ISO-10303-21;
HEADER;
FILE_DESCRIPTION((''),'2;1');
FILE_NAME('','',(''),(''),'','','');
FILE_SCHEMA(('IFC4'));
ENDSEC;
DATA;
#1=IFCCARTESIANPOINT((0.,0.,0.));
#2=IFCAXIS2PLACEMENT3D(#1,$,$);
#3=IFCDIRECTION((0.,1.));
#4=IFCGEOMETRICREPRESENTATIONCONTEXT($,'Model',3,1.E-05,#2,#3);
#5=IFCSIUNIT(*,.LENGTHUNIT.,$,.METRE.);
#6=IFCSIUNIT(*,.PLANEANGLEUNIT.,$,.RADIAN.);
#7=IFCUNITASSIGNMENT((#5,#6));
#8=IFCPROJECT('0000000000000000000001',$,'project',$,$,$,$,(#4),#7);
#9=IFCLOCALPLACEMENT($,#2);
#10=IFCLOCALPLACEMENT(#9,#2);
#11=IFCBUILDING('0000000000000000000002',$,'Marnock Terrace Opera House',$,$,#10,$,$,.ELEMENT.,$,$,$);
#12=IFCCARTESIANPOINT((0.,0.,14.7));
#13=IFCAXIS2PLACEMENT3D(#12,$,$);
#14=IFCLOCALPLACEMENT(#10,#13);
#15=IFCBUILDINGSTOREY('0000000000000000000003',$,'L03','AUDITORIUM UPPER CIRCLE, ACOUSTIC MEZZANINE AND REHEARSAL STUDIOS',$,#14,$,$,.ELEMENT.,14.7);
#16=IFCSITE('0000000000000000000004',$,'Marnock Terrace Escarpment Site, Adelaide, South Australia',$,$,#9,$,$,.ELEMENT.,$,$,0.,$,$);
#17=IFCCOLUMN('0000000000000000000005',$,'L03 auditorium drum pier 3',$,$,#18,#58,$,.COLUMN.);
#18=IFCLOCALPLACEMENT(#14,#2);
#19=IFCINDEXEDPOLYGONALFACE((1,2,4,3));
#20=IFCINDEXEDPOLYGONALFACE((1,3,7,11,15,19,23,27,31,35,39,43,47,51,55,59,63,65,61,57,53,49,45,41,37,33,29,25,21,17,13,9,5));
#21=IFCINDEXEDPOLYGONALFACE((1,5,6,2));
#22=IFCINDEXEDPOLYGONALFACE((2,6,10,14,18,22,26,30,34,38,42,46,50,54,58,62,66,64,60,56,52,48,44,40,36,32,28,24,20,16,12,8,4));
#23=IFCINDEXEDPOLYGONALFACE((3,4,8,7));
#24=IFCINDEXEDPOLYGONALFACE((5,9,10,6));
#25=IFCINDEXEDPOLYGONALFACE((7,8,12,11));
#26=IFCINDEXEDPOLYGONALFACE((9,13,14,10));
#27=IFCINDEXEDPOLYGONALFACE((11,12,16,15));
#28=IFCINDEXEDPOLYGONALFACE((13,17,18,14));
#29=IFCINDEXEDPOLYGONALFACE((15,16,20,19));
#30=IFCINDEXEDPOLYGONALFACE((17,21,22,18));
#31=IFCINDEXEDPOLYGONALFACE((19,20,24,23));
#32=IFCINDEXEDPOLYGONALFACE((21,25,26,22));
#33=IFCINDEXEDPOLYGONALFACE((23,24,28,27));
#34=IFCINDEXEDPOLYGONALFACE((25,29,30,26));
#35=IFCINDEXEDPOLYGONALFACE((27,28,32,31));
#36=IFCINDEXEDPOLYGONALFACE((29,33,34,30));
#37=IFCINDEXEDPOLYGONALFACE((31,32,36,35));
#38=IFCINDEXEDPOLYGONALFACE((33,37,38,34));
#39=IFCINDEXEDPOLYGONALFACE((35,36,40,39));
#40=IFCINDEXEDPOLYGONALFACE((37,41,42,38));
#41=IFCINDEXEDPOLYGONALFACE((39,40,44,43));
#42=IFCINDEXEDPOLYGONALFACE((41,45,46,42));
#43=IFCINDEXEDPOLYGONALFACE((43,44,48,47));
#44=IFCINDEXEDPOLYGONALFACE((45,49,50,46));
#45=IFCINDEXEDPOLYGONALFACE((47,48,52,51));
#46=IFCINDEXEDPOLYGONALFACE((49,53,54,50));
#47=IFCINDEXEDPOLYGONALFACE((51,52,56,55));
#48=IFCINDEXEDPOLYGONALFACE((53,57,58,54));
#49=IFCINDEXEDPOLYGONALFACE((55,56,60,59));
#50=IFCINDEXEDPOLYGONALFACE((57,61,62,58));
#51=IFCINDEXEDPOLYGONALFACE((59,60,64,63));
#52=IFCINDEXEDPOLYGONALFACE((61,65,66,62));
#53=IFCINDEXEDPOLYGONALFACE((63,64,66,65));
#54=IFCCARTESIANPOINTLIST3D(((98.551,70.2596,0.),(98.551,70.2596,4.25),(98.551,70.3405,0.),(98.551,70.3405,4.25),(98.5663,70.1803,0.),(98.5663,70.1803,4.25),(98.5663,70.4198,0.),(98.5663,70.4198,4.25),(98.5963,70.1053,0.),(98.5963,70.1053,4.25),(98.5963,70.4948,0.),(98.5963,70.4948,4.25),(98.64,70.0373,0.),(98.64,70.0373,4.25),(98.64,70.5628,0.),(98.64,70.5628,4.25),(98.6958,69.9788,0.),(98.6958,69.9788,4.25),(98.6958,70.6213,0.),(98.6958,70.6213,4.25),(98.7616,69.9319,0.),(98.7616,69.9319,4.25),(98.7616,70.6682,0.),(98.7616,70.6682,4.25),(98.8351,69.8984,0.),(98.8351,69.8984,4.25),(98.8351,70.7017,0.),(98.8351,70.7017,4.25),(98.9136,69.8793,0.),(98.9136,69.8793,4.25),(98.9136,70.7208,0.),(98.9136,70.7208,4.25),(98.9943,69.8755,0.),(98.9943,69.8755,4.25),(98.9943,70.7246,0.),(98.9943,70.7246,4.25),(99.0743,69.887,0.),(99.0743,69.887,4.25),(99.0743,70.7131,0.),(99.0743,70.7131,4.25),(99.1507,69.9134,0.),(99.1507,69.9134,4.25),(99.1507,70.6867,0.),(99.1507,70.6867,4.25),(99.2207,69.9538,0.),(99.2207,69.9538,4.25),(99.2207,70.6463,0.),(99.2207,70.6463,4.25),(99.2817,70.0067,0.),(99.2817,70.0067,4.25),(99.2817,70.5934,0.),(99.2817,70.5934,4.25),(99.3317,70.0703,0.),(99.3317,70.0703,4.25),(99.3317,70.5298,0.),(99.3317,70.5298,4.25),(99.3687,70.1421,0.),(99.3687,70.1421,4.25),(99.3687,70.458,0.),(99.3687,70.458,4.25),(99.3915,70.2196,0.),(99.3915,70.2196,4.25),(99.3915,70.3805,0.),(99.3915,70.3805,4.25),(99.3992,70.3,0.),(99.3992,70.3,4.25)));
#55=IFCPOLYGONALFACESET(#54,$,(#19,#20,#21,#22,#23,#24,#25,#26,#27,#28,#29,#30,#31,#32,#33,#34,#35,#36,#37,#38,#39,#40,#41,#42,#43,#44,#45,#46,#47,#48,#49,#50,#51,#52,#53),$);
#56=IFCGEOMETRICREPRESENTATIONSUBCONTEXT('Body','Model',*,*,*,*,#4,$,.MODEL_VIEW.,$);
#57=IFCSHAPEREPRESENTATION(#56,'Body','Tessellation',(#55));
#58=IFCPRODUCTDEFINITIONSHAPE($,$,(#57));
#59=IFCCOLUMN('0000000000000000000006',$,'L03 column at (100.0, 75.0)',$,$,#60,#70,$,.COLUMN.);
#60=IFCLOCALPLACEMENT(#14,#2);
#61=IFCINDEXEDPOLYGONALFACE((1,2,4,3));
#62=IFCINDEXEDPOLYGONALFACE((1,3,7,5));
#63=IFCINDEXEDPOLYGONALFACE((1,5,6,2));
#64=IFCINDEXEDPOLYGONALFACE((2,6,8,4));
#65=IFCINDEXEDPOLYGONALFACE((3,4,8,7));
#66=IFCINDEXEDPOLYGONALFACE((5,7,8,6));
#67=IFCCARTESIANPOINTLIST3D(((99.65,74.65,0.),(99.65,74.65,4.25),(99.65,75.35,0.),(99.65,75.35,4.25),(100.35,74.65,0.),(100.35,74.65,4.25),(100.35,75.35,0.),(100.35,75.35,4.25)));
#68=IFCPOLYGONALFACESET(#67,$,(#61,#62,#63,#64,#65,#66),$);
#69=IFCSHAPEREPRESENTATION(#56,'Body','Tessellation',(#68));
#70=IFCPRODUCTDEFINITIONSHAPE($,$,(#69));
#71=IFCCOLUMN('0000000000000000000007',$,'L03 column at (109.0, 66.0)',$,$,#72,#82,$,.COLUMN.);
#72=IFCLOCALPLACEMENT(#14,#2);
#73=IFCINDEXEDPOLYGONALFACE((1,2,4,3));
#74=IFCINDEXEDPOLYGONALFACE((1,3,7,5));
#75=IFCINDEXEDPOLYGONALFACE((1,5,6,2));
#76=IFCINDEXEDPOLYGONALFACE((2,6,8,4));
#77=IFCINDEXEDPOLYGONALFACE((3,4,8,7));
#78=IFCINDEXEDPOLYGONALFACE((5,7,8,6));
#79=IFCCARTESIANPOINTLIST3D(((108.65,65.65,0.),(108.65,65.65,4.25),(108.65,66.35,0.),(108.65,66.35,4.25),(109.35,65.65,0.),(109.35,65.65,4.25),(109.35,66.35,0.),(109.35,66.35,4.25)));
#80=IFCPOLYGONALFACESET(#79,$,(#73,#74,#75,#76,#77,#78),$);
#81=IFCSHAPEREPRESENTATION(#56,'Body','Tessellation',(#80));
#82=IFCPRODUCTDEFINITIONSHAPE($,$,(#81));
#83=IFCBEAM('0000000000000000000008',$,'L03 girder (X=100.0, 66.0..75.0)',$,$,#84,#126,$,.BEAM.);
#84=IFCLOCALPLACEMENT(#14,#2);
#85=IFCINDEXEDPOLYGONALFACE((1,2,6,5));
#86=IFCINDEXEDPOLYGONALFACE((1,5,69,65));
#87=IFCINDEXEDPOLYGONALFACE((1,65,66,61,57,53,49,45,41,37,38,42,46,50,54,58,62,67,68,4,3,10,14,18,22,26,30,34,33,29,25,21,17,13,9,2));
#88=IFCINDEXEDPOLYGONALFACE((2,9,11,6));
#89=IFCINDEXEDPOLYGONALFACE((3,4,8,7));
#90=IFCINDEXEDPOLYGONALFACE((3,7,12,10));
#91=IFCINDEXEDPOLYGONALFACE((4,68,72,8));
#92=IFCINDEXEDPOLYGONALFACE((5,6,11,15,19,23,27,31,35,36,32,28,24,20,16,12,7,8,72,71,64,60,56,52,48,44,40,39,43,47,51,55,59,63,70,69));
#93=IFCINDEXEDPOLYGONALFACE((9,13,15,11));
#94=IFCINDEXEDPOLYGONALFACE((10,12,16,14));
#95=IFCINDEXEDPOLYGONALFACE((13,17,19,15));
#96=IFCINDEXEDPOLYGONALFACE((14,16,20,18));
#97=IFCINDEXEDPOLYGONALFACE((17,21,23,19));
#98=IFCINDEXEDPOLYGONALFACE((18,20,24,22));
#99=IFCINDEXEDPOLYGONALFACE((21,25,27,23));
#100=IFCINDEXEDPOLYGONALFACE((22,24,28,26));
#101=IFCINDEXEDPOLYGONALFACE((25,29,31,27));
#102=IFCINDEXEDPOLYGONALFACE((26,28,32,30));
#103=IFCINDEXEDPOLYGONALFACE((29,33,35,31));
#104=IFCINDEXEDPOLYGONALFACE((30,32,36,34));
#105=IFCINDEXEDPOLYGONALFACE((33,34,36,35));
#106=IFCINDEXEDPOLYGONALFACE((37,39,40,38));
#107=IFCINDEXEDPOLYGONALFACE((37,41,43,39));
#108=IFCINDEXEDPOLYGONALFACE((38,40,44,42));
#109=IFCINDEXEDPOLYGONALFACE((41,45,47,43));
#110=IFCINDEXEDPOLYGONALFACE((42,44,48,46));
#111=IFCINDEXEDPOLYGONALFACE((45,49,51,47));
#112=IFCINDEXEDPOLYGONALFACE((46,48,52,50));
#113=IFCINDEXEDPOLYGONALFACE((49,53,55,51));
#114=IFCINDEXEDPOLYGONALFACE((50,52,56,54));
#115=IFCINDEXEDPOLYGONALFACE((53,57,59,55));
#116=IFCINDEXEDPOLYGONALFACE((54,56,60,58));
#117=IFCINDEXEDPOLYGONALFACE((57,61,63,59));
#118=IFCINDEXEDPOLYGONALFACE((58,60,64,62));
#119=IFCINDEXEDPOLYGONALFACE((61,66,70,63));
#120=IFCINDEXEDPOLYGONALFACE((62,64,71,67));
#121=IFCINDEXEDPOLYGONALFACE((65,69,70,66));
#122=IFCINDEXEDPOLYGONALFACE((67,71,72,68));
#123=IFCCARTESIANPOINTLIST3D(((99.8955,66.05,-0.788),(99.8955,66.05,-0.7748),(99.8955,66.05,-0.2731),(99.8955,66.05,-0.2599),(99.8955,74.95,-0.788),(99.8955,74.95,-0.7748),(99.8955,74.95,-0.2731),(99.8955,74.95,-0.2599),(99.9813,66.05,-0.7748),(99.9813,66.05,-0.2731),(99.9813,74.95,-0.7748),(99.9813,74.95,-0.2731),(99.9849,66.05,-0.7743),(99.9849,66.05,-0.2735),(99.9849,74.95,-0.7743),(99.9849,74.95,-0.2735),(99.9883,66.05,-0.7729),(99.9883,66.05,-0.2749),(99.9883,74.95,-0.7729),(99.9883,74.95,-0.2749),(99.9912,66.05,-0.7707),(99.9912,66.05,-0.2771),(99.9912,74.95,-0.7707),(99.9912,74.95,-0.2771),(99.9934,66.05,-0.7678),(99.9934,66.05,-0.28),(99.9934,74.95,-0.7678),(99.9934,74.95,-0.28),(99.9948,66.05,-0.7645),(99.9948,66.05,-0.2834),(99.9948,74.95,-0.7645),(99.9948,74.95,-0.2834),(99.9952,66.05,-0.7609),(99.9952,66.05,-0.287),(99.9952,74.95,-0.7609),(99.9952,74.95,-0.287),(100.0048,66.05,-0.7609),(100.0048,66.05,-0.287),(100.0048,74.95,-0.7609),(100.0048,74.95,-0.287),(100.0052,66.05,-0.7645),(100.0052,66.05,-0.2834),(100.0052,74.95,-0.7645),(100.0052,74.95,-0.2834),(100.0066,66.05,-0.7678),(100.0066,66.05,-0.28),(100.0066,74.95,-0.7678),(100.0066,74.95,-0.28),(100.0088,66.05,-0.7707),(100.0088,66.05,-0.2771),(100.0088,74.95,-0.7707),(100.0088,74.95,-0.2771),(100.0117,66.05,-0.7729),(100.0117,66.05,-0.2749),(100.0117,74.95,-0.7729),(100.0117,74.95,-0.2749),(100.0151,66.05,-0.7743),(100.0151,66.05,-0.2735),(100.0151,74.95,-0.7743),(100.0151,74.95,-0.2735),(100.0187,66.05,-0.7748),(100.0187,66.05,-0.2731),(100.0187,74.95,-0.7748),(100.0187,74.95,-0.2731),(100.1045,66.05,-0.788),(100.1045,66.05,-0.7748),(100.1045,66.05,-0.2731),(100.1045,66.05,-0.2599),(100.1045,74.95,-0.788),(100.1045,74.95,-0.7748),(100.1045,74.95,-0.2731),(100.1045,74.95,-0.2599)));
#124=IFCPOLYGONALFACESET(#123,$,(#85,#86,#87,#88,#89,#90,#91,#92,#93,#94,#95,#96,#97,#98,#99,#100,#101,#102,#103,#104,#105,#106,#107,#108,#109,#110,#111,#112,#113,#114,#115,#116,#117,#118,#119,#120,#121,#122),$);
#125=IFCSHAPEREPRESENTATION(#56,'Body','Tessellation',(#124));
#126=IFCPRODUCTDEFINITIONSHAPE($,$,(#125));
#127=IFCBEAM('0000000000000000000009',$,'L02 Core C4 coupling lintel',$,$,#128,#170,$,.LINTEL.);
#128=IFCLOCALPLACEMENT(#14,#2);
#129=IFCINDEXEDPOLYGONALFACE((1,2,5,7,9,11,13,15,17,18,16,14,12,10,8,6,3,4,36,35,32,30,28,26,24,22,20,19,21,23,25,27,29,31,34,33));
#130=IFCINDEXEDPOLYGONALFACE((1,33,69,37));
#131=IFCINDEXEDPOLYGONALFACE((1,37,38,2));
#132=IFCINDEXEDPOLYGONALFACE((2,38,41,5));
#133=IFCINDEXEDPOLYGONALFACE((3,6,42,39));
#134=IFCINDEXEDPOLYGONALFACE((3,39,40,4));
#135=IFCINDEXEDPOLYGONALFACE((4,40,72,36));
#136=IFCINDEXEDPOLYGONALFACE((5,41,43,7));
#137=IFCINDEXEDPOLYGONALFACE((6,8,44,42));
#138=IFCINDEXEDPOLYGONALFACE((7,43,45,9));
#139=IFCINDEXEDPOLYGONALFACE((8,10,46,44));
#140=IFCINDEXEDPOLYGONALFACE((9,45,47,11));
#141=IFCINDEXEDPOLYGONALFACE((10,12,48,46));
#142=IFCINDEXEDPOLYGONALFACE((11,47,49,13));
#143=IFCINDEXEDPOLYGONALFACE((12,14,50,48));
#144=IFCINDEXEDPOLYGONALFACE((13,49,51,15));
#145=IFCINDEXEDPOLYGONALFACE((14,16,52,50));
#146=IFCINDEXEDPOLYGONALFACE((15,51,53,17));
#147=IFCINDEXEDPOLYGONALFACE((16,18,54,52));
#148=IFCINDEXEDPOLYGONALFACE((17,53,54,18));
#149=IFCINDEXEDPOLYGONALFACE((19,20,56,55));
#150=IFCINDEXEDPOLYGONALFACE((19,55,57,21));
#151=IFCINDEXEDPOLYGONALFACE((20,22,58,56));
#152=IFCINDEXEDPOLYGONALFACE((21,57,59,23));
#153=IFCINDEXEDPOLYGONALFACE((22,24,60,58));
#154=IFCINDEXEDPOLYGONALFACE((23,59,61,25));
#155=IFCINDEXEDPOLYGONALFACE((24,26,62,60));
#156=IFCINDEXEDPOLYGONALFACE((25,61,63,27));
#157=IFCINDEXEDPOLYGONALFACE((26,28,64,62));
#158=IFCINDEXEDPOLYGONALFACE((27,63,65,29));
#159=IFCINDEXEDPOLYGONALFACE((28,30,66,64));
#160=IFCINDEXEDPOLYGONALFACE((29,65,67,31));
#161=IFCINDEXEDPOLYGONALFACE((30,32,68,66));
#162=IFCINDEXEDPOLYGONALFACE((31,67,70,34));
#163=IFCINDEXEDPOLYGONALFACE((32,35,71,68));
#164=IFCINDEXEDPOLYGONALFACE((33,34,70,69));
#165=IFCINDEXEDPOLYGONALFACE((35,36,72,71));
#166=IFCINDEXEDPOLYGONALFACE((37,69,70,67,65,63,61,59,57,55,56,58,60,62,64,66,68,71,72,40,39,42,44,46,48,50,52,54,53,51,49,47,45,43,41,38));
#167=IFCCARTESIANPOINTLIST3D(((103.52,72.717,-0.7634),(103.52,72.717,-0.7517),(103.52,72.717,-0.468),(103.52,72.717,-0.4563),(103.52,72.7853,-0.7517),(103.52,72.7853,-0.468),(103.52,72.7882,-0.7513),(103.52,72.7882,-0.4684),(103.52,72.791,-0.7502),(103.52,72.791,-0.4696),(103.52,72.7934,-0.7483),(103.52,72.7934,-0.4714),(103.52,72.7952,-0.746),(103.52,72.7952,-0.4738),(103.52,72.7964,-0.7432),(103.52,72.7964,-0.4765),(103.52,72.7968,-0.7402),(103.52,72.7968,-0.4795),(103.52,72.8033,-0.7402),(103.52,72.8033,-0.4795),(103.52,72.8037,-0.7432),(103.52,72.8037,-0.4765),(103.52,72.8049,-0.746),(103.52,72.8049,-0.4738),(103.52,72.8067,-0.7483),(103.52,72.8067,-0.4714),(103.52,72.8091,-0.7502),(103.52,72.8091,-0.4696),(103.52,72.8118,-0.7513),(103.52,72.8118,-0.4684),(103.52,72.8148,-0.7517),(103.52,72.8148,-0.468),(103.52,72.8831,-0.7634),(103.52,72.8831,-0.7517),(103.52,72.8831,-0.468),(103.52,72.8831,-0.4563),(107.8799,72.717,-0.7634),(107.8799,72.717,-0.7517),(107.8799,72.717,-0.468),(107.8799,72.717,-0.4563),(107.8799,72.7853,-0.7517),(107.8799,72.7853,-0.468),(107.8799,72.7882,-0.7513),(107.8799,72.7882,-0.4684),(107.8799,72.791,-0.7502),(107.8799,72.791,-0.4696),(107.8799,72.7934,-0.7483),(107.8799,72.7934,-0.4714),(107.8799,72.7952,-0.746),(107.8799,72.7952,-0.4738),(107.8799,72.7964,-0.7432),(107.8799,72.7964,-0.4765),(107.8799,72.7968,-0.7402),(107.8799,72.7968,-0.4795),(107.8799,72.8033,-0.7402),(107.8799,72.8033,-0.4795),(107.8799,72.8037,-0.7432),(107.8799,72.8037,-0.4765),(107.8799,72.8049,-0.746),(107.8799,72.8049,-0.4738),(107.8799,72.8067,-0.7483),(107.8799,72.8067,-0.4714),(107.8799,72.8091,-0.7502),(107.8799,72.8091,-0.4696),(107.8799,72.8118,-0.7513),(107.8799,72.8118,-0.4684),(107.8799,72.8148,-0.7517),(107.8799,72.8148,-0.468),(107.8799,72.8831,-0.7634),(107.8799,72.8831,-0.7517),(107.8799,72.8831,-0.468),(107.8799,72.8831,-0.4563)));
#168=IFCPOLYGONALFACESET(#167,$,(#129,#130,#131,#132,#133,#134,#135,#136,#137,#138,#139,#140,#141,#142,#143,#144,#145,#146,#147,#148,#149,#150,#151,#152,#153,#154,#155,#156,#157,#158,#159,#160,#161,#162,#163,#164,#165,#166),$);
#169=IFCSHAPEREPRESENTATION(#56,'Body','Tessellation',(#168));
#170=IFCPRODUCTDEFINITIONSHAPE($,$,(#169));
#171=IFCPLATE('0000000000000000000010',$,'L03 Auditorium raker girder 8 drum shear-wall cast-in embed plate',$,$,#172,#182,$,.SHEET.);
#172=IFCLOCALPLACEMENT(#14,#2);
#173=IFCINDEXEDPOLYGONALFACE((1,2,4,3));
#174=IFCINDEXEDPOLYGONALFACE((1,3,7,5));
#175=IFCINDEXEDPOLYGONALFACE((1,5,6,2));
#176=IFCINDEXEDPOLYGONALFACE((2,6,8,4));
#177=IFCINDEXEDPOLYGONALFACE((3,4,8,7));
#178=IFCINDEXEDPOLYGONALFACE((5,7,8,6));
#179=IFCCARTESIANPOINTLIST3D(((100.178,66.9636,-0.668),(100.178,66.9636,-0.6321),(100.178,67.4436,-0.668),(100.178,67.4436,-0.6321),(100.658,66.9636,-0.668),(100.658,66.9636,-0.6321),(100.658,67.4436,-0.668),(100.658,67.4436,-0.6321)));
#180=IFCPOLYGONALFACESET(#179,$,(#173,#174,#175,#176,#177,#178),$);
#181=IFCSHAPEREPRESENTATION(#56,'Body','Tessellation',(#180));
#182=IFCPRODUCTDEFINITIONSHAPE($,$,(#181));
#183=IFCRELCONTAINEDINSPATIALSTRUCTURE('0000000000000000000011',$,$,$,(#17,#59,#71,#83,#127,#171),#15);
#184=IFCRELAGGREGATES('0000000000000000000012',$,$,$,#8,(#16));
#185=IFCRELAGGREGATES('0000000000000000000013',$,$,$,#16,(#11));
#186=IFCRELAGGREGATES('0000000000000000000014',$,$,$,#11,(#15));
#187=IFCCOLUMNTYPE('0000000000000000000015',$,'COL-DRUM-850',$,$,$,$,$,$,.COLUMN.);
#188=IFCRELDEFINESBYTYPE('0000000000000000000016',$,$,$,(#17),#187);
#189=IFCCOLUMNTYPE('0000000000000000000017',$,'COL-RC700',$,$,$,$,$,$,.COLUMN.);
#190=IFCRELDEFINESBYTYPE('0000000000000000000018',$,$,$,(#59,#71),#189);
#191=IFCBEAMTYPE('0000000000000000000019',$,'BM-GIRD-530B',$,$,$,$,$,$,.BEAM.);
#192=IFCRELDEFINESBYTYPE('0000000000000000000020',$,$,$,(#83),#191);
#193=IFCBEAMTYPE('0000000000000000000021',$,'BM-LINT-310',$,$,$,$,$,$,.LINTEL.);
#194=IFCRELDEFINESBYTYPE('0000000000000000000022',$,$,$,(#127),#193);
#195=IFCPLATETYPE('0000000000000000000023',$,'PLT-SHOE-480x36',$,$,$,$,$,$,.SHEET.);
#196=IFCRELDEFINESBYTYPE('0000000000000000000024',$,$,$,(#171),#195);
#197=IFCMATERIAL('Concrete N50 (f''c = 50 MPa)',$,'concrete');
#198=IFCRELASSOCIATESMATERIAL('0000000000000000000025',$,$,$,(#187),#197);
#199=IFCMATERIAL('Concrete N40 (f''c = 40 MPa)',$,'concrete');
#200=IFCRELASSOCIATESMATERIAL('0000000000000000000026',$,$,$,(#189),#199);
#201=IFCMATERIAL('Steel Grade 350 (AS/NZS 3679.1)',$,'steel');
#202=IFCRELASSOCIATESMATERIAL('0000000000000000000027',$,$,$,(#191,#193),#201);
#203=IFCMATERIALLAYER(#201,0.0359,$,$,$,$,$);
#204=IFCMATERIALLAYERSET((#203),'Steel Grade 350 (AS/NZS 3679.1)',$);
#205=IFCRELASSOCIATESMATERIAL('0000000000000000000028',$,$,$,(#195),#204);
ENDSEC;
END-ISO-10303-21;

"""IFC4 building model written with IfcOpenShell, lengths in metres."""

from ifc_helpers import new_model, si_unit, direction, frame, origin, origin_2d, place, context, subcontext, project, spatial, rectangle, circle, i_section, extrude, material, layer, layer_set, material_profile, profile_set, type_object, element, save


model = new_model("IFC4")

# Units and contexts
model_context = context("Model", 3, precision=1e-05, world=origin(), true_north=direction((0.0, 1.0)))
body_context = subcontext(model_context, "Body", "Model", "MODEL_VIEW")
ifc_project = project(units=[si_unit("LENGTHUNIT", "METRE"), si_unit("PLANEANGLEUNIT", "RADIAN")], contexts=[model_context])

# Site, building, storey
site_placement = place(None, origin())
site = spatial("IfcSite", under=ifc_project, at=site_placement, Name="Marnock Terrace Escarpment Site, Adelaide, South Australia", CompositionType="ELEMENT", RefElevation=0.0)
building_placement = place(site_placement, origin())
building = spatial("IfcBuilding", under=site, at=building_placement, Name="Marnock Terrace Opera House", CompositionType="ELEMENT")
storey_placement = place(building_placement, frame((0.0, 0.0, 14.7)))
storey = spatial("IfcBuildingStorey", under=building, at=storey_placement, Name="L03", Description="AUDITORIUM UPPER CIRCLE, ACOUSTIC MEZZANINE AND REHEARSAL STUDIOS", CompositionType="ELEMENT", Elevation=14.7)

# Columns
ifc_material_1 = material(Name="Concrete N50 (f'c = 50 MPa)", Category="concrete")
ifc_material_profile_1 = material_profile(ifc_material_1, circle(Radius=0.425, at=origin_2d()))
ifc_profile_set_1 = profile_set([ifc_material_profile_1], Name="Concrete N50 (f'c = 50 MPa)")
column_type_1 = type_object("IfcColumnType", Name="COL-DRUM-850", PredefinedType="COLUMN", material=ifc_profile_set_1)
column_placement = place(storey_placement, frame((98.9741, 70.3, 0.0), z_axis=(0.0, 0.0, 1.0), x_axis=(1.0, 0.0, 0.0)))
element("IfcColumn", 1, at=column_placement, inside=storey, type_object=column_type_1, Name="L03 auditorium drum pier 3", PredefinedType="COLUMN", context=body_context, shape_type="SweptSolid", body=[
    extrude(circle(Radius=0.425, at=origin_2d()), origin(), (0.0, 0.0, 1.0), 4.25),
])
ifc_material_2 = material(Name="Concrete N40 (f'c = 40 MPa)", Category="concrete")
ifc_material_profile_2 = material_profile(ifc_material_2, rectangle(XDim=0.7, YDim=0.7, at=origin_2d()))
ifc_profile_set_2 = profile_set([ifc_material_profile_2], Name="Concrete N40 (f'c = 40 MPa)")
column_type_2 = type_object("IfcColumnType", Name="COL-RC700", PredefinedType="COLUMN", material=ifc_profile_set_2)
for number, where, z_axis, x_axis, name in (
    (2, (100.0, 75.0, 0.0), (0.0, 0.0, 1.0), (1.0, 0.0, 0.0), "L03 column at (100.0, 75.0)"),
    (3, (109.0, 66.0, 0.0), (0.0, 0.0, 1.0), (1.0, 0.0, 0.0), "L03 column at (109.0, 66.0)"),
):
    element("IfcColumn", number, at=place(storey_placement, frame(where, z_axis=z_axis, x_axis=x_axis)), inside=storey, type_object=column_type_2, Name=name, PredefinedType="COLUMN", context=body_context, shape_type="SweptSolid", body=[
        extrude(rectangle(XDim=0.7, YDim=0.7, at=origin_2d()), origin(), (0.0, 0.0, 1.0), 4.25),
    ])

# Beams
ifc_material_3 = material(Name="Steel Grade 350 (AS/NZS 3679.1)", Category="steel")
ifc_material_profile_3 = material_profile(ifc_material_3, i_section(OverallWidth=0.209, OverallDepth=0.5281, WebThickness=0.0095, FlangeThickness=0.0132, FilletRadius=0.0139, at=origin_2d()))
ifc_profile_set_3 = profile_set([ifc_material_profile_3], Name="Steel Grade 350 (AS/NZS 3679.1)")
beam_type_1 = type_object("IfcBeamType", Name="BM-GIRD-530B", PredefinedType="BEAM", material=ifc_profile_set_3)
beam_1_placement = place(storey_placement, frame((100.0, 66.05, -0.5239), z_axis=(0.0, 1.0, 0.0), x_axis=(-1.0, 0.0, 0.0)))
element("IfcBeam", 4, at=beam_1_placement, inside=storey, type_object=beam_type_1, Name="L03 girder (X=100.0, 66.0..75.0)", PredefinedType="BEAM", context=body_context, shape_type="SweptSolid", body=[
    extrude(i_section(OverallWidth=0.209, OverallDepth=0.5281, WebThickness=0.0095, FlangeThickness=0.0132, FilletRadius=0.0139, at=origin_2d()), origin(), (0.0, 0.0, 1.0), 8.8999),
])
ifc_material_profile_4 = material_profile(ifc_material_3, i_section(OverallWidth=0.166, OverallDepth=0.3071, WebThickness=0.0066, FlangeThickness=0.0117, FilletRadius=0.0115, at=origin_2d()))
ifc_profile_set_4 = profile_set([ifc_material_profile_4], Name="Steel Grade 350 (AS/NZS 3679.1)")
beam_type_2 = type_object("IfcBeamType", Name="BM-LINT-310", PredefinedType="LINTEL", material=ifc_profile_set_4)
beam_2_placement = place(storey_placement, frame((103.52, 72.8, -0.6099), z_axis=(1.0, 0.0, 0.0), x_axis=(0.0, 1.0, 0.0)))
element("IfcBeam", 5, at=beam_2_placement, inside=storey, type_object=beam_type_2, Name="L02 Core C4 coupling lintel", PredefinedType="LINTEL", context=body_context, shape_type="SweptSolid", body=[
    extrude(i_section(OverallWidth=0.166, OverallDepth=0.3071, WebThickness=0.0066, FlangeThickness=0.0117, FilletRadius=0.0115, at=origin_2d()), origin(), (0.0, 0.0, 1.0), 4.3599),
])

# Plate
ifc_layer_1 = layer(ifc_material_3, 0.0359)
ifc_layer_set_1 = layer_set([ifc_layer_1], Name="Steel Grade 350 (AS/NZS 3679.1)")
plate_type = type_object("IfcPlateType", Name="PLT-SHOE-480x36", PredefinedType="SHEET", material=ifc_layer_set_1)
plate_placement = place(storey_placement, frame((100.418, 67.2036, -0.668), z_axis=(0.0, 0.0, 1.0), x_axis=(1.0, 0.0, 0.0)))
element("IfcPlate", 6, at=plate_placement, inside=storey, type_object=plate_type, Name="L03 Auditorium raker girder 8 drum shear-wall cast-in embed plate", PredefinedType="SHEET", context=body_context, shape_type="SweptSolid", body=[
    extrude(rectangle(XDim=0.48, YDim=0.48, at=origin_2d()), origin(), (0.0, 0.0, 1.0), 0.0359),
])

save(model, "model.ifc")
